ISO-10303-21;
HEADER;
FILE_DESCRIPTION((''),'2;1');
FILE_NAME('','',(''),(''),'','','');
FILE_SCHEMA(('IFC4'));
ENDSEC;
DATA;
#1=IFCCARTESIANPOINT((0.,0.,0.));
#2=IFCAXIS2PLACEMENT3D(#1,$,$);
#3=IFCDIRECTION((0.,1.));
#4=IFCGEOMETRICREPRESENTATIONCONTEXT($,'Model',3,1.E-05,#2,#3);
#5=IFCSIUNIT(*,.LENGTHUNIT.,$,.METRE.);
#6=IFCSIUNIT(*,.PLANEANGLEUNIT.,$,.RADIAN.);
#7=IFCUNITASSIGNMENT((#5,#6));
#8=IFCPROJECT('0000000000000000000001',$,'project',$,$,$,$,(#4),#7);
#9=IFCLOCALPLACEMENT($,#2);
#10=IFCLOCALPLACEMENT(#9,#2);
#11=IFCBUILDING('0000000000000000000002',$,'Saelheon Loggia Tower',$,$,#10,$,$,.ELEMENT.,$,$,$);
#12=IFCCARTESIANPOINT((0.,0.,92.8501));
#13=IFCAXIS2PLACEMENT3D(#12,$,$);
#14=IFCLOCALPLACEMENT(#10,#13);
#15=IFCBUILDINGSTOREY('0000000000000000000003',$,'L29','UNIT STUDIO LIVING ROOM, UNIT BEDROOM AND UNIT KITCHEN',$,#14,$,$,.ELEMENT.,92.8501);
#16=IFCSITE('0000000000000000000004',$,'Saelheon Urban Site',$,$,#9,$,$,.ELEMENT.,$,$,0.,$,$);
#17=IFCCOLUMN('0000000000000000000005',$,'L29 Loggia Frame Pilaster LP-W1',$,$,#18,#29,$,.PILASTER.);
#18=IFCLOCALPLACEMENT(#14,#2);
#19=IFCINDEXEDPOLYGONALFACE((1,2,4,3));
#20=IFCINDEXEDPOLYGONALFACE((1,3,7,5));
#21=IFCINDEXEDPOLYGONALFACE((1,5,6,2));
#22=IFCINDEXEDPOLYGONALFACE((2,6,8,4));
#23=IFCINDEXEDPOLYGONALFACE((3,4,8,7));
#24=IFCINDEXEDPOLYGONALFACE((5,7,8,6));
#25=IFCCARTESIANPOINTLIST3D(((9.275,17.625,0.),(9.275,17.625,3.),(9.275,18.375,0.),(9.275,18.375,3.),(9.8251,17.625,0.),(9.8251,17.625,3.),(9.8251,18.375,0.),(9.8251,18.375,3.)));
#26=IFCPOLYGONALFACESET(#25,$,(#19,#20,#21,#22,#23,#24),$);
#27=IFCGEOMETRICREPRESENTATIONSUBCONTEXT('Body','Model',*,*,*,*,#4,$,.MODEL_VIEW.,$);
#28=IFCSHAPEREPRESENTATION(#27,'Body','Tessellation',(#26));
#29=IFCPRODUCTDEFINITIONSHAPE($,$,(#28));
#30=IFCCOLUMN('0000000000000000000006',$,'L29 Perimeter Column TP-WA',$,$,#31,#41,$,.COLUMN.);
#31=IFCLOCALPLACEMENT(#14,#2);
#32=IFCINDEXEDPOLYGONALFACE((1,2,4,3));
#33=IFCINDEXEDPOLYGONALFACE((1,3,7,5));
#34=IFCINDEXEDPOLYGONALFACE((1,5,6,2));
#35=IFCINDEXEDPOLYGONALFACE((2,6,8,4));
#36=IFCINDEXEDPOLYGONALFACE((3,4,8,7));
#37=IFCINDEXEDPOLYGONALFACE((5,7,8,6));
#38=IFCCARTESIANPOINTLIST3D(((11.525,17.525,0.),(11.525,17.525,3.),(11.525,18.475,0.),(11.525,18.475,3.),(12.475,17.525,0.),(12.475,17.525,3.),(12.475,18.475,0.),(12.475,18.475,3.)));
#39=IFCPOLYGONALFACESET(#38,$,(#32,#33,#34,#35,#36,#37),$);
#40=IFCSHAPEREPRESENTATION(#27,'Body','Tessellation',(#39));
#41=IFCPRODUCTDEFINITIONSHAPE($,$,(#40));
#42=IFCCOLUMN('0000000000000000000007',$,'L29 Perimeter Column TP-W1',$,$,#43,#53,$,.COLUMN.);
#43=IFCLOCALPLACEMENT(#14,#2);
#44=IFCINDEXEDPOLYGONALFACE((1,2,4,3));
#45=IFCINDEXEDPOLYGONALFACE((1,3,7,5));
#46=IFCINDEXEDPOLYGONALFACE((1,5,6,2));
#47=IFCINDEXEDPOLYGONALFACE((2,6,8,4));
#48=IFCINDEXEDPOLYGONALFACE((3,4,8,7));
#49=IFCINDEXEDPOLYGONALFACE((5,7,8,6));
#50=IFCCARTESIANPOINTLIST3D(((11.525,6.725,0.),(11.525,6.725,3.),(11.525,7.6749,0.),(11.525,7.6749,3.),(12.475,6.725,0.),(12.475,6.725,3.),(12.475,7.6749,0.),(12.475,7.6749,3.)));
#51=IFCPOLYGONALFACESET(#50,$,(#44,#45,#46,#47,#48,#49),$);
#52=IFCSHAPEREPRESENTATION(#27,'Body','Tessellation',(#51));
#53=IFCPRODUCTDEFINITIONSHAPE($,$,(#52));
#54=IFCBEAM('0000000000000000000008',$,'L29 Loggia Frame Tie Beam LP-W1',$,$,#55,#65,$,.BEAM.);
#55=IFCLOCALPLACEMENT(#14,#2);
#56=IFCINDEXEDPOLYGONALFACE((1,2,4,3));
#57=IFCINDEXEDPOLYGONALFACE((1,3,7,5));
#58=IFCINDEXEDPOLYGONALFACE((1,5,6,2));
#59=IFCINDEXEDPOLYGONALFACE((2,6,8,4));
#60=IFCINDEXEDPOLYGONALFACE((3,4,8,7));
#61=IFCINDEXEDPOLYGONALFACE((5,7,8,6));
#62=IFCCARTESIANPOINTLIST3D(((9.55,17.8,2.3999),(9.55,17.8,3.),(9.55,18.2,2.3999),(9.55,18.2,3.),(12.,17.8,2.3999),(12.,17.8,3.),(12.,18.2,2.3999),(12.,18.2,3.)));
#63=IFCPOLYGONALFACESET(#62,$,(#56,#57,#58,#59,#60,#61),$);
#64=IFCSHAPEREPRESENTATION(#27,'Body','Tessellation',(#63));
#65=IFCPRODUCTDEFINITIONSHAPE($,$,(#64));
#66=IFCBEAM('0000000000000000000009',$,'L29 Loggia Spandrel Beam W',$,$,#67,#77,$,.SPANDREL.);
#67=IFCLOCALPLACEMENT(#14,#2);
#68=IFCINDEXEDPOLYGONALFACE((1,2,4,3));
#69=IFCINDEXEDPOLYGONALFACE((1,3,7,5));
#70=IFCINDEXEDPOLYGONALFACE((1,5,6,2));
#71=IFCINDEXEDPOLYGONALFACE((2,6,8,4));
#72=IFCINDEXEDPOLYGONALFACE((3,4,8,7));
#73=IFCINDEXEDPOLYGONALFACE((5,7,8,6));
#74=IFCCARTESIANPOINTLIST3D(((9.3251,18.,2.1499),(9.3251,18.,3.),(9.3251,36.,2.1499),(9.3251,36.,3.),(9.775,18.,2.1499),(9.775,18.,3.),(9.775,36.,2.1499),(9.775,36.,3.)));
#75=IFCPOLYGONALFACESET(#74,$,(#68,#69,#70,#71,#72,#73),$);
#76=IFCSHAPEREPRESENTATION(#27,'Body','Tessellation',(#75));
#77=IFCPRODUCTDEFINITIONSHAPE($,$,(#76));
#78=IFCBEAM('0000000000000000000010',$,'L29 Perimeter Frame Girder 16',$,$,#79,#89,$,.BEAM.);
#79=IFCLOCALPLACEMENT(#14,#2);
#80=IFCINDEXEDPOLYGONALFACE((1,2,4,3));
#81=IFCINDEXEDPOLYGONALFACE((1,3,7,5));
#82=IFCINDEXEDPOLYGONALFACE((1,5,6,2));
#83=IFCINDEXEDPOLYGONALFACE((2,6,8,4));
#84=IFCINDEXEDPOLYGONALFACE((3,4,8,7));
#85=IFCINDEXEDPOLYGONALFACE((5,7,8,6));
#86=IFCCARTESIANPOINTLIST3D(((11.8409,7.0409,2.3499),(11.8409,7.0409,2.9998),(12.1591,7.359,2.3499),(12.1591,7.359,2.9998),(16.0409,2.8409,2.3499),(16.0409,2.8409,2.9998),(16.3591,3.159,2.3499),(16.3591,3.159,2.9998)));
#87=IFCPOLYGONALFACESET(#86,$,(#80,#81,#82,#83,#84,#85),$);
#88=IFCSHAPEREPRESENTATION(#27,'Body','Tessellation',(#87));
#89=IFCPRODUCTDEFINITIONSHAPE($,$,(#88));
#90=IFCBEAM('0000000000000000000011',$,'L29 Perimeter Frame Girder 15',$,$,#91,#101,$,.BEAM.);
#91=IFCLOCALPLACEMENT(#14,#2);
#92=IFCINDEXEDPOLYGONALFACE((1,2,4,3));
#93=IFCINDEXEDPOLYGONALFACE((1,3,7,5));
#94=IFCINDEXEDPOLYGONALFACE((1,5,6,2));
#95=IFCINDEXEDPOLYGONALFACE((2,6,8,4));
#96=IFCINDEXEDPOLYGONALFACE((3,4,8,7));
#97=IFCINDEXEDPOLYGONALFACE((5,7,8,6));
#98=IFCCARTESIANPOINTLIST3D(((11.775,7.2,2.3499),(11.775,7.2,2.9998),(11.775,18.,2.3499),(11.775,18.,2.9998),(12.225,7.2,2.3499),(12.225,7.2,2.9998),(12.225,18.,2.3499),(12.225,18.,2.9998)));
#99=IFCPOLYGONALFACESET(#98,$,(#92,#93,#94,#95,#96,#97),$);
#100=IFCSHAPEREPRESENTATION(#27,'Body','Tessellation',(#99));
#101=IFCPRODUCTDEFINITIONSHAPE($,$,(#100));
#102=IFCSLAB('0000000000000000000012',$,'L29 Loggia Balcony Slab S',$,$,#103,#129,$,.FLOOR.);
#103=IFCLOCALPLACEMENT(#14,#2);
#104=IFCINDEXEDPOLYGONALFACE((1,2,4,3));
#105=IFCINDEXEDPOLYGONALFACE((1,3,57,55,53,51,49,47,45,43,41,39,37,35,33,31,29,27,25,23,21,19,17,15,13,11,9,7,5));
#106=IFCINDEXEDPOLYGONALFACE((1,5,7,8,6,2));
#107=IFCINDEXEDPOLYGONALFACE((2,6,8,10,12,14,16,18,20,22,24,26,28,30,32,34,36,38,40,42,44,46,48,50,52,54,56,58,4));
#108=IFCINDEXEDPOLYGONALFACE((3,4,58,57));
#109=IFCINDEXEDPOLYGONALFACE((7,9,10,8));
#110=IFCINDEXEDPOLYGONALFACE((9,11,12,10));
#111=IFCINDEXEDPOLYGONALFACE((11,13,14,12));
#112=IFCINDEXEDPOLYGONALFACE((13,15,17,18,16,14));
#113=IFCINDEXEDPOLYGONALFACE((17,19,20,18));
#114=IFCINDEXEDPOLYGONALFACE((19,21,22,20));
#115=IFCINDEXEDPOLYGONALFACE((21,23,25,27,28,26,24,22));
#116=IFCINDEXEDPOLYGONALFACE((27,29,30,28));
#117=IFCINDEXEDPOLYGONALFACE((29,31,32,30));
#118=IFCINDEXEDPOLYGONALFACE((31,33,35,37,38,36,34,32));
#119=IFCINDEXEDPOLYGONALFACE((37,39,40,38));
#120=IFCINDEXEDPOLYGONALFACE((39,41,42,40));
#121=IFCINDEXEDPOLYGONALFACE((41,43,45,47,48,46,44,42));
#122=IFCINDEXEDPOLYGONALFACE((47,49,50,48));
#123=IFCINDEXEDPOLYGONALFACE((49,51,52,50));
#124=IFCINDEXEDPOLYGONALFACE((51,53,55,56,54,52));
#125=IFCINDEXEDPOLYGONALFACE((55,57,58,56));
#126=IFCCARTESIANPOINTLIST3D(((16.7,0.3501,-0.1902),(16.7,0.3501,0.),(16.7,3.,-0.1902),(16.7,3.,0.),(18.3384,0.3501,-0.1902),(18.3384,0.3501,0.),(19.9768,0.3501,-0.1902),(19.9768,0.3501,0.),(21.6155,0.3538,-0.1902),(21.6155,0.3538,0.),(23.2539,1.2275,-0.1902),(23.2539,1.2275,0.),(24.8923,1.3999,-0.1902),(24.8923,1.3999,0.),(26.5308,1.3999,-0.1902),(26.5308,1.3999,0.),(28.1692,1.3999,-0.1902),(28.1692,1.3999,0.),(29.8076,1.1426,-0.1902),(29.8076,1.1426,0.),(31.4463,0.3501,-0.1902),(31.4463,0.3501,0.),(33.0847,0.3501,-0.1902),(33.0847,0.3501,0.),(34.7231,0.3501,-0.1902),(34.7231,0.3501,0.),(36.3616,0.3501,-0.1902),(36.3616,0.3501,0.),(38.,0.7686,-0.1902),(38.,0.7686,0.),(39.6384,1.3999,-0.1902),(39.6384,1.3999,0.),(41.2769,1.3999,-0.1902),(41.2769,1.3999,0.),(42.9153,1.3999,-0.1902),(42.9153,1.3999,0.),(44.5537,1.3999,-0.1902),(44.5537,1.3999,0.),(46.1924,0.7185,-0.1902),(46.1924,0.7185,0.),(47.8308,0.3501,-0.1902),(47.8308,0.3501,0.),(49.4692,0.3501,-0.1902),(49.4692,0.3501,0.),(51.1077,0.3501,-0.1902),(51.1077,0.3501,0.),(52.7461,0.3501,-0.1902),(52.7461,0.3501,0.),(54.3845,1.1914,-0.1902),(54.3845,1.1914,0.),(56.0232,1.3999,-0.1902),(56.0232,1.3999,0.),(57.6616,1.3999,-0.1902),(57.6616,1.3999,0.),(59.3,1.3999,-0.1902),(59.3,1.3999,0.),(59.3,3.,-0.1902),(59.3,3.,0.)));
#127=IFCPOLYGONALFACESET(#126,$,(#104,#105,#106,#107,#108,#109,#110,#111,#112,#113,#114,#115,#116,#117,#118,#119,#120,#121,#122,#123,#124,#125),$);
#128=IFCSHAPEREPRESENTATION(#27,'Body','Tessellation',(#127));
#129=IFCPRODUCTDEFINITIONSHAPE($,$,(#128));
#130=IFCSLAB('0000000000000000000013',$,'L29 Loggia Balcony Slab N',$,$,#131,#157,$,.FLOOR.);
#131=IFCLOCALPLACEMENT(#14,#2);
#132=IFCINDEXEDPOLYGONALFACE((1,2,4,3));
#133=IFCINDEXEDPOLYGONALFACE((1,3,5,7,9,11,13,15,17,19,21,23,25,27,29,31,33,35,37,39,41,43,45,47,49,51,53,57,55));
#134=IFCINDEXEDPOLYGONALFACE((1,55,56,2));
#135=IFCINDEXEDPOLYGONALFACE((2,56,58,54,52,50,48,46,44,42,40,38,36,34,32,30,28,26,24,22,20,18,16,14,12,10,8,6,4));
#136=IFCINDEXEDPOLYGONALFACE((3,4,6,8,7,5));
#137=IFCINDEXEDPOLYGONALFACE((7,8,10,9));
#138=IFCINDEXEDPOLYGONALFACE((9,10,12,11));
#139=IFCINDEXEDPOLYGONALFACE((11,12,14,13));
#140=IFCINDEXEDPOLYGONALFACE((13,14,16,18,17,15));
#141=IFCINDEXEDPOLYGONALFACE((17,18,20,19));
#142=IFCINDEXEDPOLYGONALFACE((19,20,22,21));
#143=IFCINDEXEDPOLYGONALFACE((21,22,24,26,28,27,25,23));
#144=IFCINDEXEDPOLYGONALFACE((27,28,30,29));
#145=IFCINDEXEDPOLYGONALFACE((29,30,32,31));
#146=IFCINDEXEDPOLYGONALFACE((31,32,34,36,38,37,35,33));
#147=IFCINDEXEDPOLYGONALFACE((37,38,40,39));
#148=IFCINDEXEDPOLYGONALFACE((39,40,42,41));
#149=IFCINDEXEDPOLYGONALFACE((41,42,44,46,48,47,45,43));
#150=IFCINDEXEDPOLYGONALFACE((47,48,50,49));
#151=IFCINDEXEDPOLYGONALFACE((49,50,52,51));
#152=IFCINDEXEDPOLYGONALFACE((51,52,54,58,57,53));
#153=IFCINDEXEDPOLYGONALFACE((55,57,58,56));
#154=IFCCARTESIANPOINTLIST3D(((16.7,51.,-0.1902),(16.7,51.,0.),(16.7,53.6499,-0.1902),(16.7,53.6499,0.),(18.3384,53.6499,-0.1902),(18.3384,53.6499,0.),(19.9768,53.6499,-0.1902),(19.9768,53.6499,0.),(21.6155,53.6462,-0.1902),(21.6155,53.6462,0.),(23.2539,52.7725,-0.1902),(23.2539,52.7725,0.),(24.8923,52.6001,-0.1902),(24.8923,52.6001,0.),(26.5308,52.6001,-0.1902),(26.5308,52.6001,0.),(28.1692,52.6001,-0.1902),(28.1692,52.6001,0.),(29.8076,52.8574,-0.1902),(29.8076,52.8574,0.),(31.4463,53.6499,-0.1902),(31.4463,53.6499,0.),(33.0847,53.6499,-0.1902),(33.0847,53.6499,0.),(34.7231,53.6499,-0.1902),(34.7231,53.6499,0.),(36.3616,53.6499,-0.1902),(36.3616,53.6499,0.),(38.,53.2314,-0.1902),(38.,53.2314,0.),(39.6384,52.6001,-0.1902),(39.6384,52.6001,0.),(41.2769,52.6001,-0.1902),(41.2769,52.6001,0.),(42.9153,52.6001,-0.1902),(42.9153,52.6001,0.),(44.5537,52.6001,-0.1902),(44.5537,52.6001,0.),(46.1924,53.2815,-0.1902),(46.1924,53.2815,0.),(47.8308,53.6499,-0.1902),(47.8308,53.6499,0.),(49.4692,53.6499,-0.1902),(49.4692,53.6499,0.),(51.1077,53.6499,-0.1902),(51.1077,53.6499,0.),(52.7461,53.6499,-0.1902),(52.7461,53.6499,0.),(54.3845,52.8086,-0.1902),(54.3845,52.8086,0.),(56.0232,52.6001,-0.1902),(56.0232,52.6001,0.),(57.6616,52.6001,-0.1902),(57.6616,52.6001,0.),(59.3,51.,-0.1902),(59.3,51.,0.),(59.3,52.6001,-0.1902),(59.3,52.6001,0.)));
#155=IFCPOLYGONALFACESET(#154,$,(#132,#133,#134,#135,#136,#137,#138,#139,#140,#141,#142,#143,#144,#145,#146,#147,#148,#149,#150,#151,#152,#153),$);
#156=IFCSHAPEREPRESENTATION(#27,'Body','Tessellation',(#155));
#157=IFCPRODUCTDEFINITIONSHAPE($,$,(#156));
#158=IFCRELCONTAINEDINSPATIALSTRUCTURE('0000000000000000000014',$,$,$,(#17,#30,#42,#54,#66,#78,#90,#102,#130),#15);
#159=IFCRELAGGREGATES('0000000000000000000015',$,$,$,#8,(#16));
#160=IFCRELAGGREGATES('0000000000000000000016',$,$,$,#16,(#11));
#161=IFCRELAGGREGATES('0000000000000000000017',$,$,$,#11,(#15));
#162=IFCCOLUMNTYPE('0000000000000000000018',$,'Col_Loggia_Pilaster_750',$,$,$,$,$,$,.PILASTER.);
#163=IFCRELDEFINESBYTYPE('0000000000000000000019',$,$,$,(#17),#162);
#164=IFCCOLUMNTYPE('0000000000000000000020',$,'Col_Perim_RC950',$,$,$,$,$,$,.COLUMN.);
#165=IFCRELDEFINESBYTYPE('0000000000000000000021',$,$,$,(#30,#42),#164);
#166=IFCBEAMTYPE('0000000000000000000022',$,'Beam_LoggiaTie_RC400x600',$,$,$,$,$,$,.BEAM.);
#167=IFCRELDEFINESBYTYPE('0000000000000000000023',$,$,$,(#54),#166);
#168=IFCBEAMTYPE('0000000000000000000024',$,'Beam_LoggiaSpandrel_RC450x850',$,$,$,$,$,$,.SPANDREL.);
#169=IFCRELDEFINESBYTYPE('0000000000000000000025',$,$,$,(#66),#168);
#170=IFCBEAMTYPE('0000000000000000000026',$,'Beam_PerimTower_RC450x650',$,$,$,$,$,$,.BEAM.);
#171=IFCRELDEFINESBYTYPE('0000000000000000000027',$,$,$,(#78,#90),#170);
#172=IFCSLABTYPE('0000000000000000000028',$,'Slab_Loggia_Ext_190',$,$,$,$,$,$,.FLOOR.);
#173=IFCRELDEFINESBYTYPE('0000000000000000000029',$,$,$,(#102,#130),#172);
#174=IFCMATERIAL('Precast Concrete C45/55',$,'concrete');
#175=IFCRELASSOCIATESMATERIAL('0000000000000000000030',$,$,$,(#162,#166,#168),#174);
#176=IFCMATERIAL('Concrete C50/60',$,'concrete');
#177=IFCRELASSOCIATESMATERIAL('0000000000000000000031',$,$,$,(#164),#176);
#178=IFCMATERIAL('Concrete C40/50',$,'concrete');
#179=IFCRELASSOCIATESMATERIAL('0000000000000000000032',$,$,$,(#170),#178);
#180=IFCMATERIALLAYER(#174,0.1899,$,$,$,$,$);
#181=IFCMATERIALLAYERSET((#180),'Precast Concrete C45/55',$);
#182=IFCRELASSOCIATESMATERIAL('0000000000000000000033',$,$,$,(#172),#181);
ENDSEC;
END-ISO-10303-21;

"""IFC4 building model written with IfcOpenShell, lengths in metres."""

from ifc_helpers import new_model, si_unit, direction, frame, origin, origin_2d, place, context, subcontext, project, spatial, polyline, rectangle, outline, extrude, source, transform, mapped, material, layer, layer_set, material_profile, profile_set, type_object, element, save


model = new_model("IFC4")

# Units and contexts
model_context = context("Model", 3, precision=1e-05, world=origin(), true_north=direction((0.0, 1.0)))
body_context = subcontext(model_context, "Body", "Model", "MODEL_VIEW")
ifc_project = project(units=[si_unit("LENGTHUNIT", "METRE"), si_unit("PLANEANGLEUNIT", "RADIAN")], contexts=[model_context])

# Site, building, storey
site_placement = place(None, origin())
site = spatial("IfcSite", under=ifc_project, at=site_placement, Name="Saelheon Urban Site", CompositionType="ELEMENT", RefElevation=0.0)
building_placement = place(site_placement, origin())
building = spatial("IfcBuilding", under=site, at=building_placement, Name="Saelheon Loggia Tower", CompositionType="ELEMENT")
storey_placement = place(building_placement, frame((0.0, 0.0, 92.8501)))
storey = spatial("IfcBuildingStorey", under=building, at=storey_placement, Name="L29", Description="UNIT STUDIO LIVING ROOM, UNIT BEDROOM AND UNIT KITCHEN", CompositionType="ELEMENT", Elevation=92.8501)

# Columns
ifc_material_1 = material(Name="Precast Concrete C45/55", Category="concrete")
ifc_material_profile_1 = material_profile(ifc_material_1, rectangle(XDim=0.55, YDim=0.75, at=origin_2d()), Name="RC-550x750")
ifc_profile_set_1 = profile_set([ifc_material_profile_1], Name="Precast Concrete C45/55")
column_type_1 = type_object("IfcColumnType", Name="Col_Loggia_Pilaster_750", PredefinedType="PILASTER", material=ifc_profile_set_1)
shared_shape_1 = source(origin(), body_context, "Body", "SweptSolid", [
    extrude(rectangle(XDim=0.55, YDim=0.75, at=origin_2d()), origin(), (0.0, 0.0, 1.0), 3.0),
])
column_placement = place(storey_placement, frame((9.55, 18.0, 0.0), z_axis=(0.0, 0.0, 1.0), x_axis=(1.0, 0.0, 0.0)))
element("IfcColumn", 1, at=column_placement, inside=storey, type_object=column_type_1, Name="L29 Loggia Frame Pilaster LP-W1", PredefinedType="PILASTER", context=body_context, shape_type="MappedRepresentation", body=[
    mapped(shared_shape_1, transform((0.0, 0.0, 0.0), scale=1.0)),
])
ifc_material_2 = material(Name="Concrete C50/60", Category="concrete")
ifc_material_profile_2 = material_profile(ifc_material_2, rectangle(XDim=0.95, YDim=0.95, at=origin_2d()), Name="RC-950x950")
ifc_profile_set_2 = profile_set([ifc_material_profile_2], Name="Concrete C50/60")
column_type_2 = type_object("IfcColumnType", Name="Col_Perim_RC950", PredefinedType="COLUMN", material=ifc_profile_set_2)
shared_shape_2 = source(origin(), body_context, "Body", "SweptSolid", [
    extrude(rectangle(XDim=0.95, YDim=0.95, at=origin_2d()), origin(), (0.0, 0.0, 1.0), 3.0),
])
for number, where, z_axis, x_axis, name in (
    (2, (12.0, 18.0, 0.0), (0.0, 0.0, 1.0), (1.0, 0.0, 0.0), "L29 Perimeter Column TP-WA"),
    (3, (12.0, 7.2, 0.0), (0.0, 0.0, 1.0), (1.0, 0.0, 0.0), "L29 Perimeter Column TP-W1"),
):
    element("IfcColumn", number, at=place(storey_placement, frame(where, z_axis=z_axis, x_axis=x_axis)), inside=storey, type_object=column_type_2, Name=name, PredefinedType="COLUMN", context=body_context, shape_type="MappedRepresentation", body=[
        mapped(shared_shape_2, transform((0.0, 0.0, 0.0), scale=1.0)),
    ])

# Beams
ifc_material_profile_3 = material_profile(ifc_material_1, rectangle(XDim=0.3999, YDim=0.6001, at=origin_2d()), Name="RC-400x600")
ifc_profile_set_3 = profile_set([ifc_material_profile_3], Name="Precast Concrete C45/55")
beam_type_1 = type_object("IfcBeamType", Name="Beam_LoggiaTie_RC400x600", PredefinedType="BEAM", material=ifc_profile_set_3)
shared_shape_3 = source(origin(), body_context, "Body", "SweptSolid", [
    extrude(rectangle(XDim=0.3999, YDim=0.6001, at=origin_2d()), origin(), (0.0, 0.0, 1.0), 2.45),
])
beam_1_placement = place(storey_placement, frame((12.0, 18.0, 2.7), z_axis=(-1.0, 0.0, 0.0), x_axis=(0.0, -1.0, 0.0)))
element("IfcBeam", 4, at=beam_1_placement, inside=storey, type_object=beam_type_1, Name="L29 Loggia Frame Tie Beam LP-W1", PredefinedType="BEAM", context=body_context, shape_type="MappedRepresentation", body=[
    mapped(shared_shape_3, transform((0.0, 0.0, 0.0), scale=1.0)),
])
ifc_material_profile_4 = material_profile(ifc_material_1, rectangle(XDim=0.45, YDim=0.8501, at=origin_2d()), Name="RC-450x850")
ifc_profile_set_4 = profile_set([ifc_material_profile_4], Name="Precast Concrete C45/55")
beam_type_2 = type_object("IfcBeamType", Name="Beam_LoggiaSpandrel_RC450x850", PredefinedType="SPANDREL", material=ifc_profile_set_4)
shared_shape_4 = source(origin(), body_context, "Body", "SweptSolid", [
    extrude(rectangle(XDim=0.45, YDim=0.8501, at=origin_2d()), origin(), (0.0, 0.0, 1.0), 18.0),
])
beam_2_placement = place(storey_placement, frame((9.55, 18.0, 2.575), z_axis=(0.0, 1.0, 0.0), x_axis=(-1.0, 0.0, 0.0)))
element("IfcBeam", 5, at=beam_2_placement, inside=storey, type_object=beam_type_2, Name="L29 Loggia Spandrel Beam W", PredefinedType="SPANDREL", context=body_context, shape_type="MappedRepresentation", body=[
    mapped(shared_shape_4, transform((0.0, 0.0, 0.0), scale=1.0)),
])
ifc_material_3 = material(Name="Concrete C40/50", Category="concrete")
ifc_material_profile_5 = material_profile(ifc_material_3, rectangle(XDim=0.45, YDim=0.6499, at=origin_2d()), Name="RC-450x650")
ifc_profile_set_5 = profile_set([ifc_material_profile_5], Name="Concrete C40/50")
beam_type_3 = type_object("IfcBeamType", Name="Beam_PerimTower_RC450x650", PredefinedType="BEAM", material=ifc_profile_set_5)
shared_shape_5 = source(origin(), body_context, "Body", "SweptSolid", [
    extrude(rectangle(XDim=0.45, YDim=0.6499, at=origin_2d()), origin(), (0.0, 0.0, 1.0), 5.9397),
])
beam_3_placement = place(storey_placement, frame((12.0, 7.2, 2.6748), z_axis=(0.707107, -0.707107, 0.0), x_axis=(0.707107, 0.707107, 0.0)))
element("IfcBeam", 6, at=beam_3_placement, inside=storey, type_object=beam_type_3, Name="L29 Perimeter Frame Girder 16", PredefinedType="BEAM", context=body_context, shape_type="MappedRepresentation", body=[
    mapped(shared_shape_5, transform((0.0, 0.0, 0.0), scale=1.0)),
])
shared_shape_6 = source(origin(), body_context, "Body", "SweptSolid", [
    extrude(rectangle(XDim=0.45, YDim=0.6499, at=origin_2d()), origin(), (0.0, 0.0, 1.0), 10.8),
])
beam_4_placement = place(storey_placement, frame((12.0, 18.0, 2.6748), z_axis=(0.0, -1.0, 0.0), x_axis=(1.0, 0.0, 0.0)))
element("IfcBeam", 7, at=beam_4_placement, inside=storey, type_object=beam_type_3, Name="L29 Perimeter Frame Girder 15", PredefinedType="BEAM", context=body_context, shape_type="MappedRepresentation", body=[
    mapped(shared_shape_6, transform((0.0, 0.0, 0.0), scale=1.0)),
])

# Slabs
ifc_layer_1 = layer(ifc_material_1, 0.1899)
ifc_layer_set_1 = layer_set([ifc_layer_1], Name="Precast Concrete C45/55")
slab_type_1 = type_object("IfcSlabType", Name="Slab_Loggia_Ext_190", PredefinedType="FLOOR", material=ifc_layer_set_1)
slab_1_placement = place(storey_placement, frame((0.0, 0.0, -0.1902)))
element("IfcSlab", 8, at=slab_1_placement, inside=storey, type_object=slab_type_1, Name="L29 Loggia Balcony Slab S", PredefinedType="FLOOR", context=body_context, shape_type="SweptSolid", body=[
    extrude(outline(polyline([(16.7, 0.3501), (18.3384, 0.3501), (19.9768, 0.3501), (21.6155, 0.3538), (23.2539, 1.2275), (24.8923, 1.3999), (26.5308, 1.3999), (28.1692, 1.3999), (29.8076, 1.1426), (31.4463, 0.3501), (33.0847, 0.3501), (34.7231, 0.3501), (36.3616, 0.3501), (38.0, 0.7686), (39.6384, 1.3999), (41.2769, 1.3999), (42.9153, 1.3999), (44.5537, 1.3999), (46.1924, 0.7185), (47.8308, 0.3501), (49.4692, 0.3501), (51.1077, 0.3501), (52.7461, 0.3501), (54.3845, 1.1914), (56.0232, 1.3999), (57.6616, 1.3999), (59.3, 1.3999), (59.3, 3.0), (16.7, 3.0), (16.7, 0.3501)])), origin(), (0.0, 0.0, 1.0), 0.1902),
])
slab_2_placement = place(storey_placement, frame((0.0, 0.0, -0.1902)))
element("IfcSlab", 9, at=slab_2_placement, inside=storey, type_object=slab_type_1, Name="L29 Loggia Balcony Slab N", PredefinedType="FLOOR", context=body_context, shape_type="SweptSolid", body=[
    extrude(outline(polyline([(16.7, 51.0), (59.3, 51.0), (59.3, 52.6001), (57.6616, 52.6001), (56.0232, 52.6001), (54.3845, 52.8086), (52.7461, 53.6499), (51.1077, 53.6499), (49.4692, 53.6499), (47.8308, 53.6499), (46.1924, 53.2815), (44.5537, 52.6001), (42.9153, 52.6001), (41.2769, 52.6001), (39.6384, 52.6001), (38.0, 53.2314), (36.3616, 53.6499), (34.7231, 53.6499), (33.0847, 53.6499), (31.4463, 53.6499), (29.8076, 52.8574), (28.1692, 52.6001), (26.5308, 52.6001), (24.8923, 52.6001), (23.2539, 52.7725), (21.6155, 53.6462), (19.9768, 53.6499), (18.3384, 53.6499), (16.7, 53.6499), (16.7, 51.0)])), origin(), (0.0, 0.0, 1.0), 0.1902),
])

save(model, "model.ifc")
